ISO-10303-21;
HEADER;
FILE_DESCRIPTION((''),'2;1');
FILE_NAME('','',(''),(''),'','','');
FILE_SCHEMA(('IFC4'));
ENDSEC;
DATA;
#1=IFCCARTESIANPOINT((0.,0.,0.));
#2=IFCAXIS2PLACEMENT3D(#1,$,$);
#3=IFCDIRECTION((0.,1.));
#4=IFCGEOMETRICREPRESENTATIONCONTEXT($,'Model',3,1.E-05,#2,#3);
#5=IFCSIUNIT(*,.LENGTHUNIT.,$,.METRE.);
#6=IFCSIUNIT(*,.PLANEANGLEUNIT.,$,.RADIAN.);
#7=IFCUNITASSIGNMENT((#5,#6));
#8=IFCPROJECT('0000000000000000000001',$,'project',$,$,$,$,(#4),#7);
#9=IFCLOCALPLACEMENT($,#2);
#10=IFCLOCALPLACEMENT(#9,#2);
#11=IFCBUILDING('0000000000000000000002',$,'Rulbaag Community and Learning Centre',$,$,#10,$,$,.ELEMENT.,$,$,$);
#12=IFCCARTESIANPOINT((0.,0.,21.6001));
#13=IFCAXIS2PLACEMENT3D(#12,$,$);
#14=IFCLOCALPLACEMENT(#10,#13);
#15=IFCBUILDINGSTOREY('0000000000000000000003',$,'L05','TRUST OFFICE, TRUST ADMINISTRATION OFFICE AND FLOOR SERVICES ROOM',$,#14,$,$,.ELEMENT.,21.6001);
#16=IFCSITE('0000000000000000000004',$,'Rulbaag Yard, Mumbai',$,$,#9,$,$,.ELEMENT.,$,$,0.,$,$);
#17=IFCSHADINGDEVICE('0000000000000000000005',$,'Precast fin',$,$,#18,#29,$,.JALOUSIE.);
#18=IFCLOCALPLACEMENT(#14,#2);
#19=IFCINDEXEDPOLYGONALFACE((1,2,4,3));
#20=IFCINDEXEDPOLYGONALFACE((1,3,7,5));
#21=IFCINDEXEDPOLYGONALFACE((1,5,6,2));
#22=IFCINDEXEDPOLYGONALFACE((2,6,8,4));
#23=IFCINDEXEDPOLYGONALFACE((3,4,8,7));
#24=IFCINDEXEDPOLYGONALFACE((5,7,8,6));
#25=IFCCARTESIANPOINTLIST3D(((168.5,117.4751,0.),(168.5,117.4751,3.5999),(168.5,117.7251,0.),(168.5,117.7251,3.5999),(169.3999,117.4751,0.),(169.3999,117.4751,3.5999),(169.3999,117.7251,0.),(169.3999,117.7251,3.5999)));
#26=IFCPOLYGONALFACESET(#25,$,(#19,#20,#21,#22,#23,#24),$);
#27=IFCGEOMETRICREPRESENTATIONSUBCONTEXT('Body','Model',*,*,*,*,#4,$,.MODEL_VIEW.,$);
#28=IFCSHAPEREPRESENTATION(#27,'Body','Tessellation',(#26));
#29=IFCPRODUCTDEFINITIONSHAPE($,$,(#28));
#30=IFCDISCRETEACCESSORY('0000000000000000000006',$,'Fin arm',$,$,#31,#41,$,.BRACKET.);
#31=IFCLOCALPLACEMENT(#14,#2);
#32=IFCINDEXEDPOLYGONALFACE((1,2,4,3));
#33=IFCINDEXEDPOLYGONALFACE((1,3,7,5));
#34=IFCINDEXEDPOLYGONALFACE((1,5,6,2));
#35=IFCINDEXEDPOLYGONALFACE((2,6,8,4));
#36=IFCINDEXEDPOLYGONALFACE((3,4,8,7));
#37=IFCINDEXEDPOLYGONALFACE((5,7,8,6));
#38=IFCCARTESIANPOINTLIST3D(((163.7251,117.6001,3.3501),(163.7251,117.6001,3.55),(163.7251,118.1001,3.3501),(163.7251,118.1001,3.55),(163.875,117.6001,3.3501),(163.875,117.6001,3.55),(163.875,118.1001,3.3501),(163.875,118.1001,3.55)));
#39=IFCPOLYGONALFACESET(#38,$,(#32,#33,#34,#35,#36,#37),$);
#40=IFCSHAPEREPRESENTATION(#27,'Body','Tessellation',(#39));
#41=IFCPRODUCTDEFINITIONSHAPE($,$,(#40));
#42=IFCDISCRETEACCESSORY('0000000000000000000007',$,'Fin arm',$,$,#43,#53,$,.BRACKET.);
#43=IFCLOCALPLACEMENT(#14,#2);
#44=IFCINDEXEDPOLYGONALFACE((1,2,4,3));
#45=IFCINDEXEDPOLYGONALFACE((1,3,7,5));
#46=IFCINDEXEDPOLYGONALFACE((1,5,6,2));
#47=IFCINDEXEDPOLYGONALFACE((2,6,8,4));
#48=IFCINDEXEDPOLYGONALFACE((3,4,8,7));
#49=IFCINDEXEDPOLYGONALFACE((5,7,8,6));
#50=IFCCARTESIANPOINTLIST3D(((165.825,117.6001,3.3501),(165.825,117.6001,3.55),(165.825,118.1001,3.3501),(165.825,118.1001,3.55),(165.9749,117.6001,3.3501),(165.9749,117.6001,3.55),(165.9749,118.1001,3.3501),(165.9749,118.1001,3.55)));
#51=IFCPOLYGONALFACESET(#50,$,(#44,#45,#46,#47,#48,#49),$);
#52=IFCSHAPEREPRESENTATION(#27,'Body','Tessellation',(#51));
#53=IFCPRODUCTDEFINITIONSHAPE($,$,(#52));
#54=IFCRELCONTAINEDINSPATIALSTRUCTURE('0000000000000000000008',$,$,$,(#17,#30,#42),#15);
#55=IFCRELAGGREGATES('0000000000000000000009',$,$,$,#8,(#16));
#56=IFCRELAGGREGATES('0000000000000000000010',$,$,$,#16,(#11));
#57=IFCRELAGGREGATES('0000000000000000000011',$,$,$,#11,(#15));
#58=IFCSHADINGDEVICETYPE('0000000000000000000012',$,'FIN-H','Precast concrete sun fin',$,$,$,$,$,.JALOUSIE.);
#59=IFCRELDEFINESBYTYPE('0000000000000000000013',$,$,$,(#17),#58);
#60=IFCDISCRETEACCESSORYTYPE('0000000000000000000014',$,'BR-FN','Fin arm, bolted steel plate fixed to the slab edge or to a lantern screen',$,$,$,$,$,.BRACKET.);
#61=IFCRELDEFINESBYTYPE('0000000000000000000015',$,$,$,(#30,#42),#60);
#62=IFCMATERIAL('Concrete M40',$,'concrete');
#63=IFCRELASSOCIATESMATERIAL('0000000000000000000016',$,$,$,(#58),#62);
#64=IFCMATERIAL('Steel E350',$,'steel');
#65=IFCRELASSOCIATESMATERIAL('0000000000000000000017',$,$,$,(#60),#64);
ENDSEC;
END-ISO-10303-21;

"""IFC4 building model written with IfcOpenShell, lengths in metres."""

from ifc_helpers import new_model, si_unit, direction, frame, origin, origin_2d, place, context, subcontext, project, spatial, rectangle, extrude, material, material_profile, profile_set, type_object, element, save


model = new_model("IFC4")

# Units and contexts
model_context = context("Model", 3, precision=1e-05, world=origin(), true_north=direction((0.0, 1.0)))
body_context = subcontext(model_context, "Body", "Model", "MODEL_VIEW")
ifc_project = project(units=[si_unit("LENGTHUNIT", "METRE"), si_unit("PLANEANGLEUNIT", "RADIAN")], contexts=[model_context])

# Site, building, storey
site_placement = place(None, origin())
site = spatial("IfcSite", under=ifc_project, at=site_placement, Name="Rulbaag Yard, Mumbai", CompositionType="ELEMENT", RefElevation=0.0)
building_placement = place(site_placement, origin())
building = spatial("IfcBuilding", under=site, at=building_placement, Name="Rulbaag Community and Learning Centre", CompositionType="ELEMENT")
storey_placement = place(building_placement, frame((0.0, 0.0, 21.6001)))
storey = spatial("IfcBuildingStorey", under=building, at=storey_placement, Name="L05", Description="TRUST OFFICE, TRUST ADMINISTRATION OFFICE AND FLOOR SERVICES ROOM", CompositionType="ELEMENT", Elevation=21.6001)

# Shading device
ifc_material_1 = material(Name="Concrete M40", Category="concrete")
ifc_material_profile_1 = material_profile(ifc_material_1, rectangle(XDim=0.25, YDim=0.8999, at=origin_2d()), Name="PC 250x900")
ifc_profile_set_1 = profile_set([ifc_material_profile_1], Name="Concrete M40")
shading_device_type = type_object("IfcShadingDeviceType", Name="FIN-H", Description="Precast concrete sun fin", PredefinedType="JALOUSIE", material=ifc_profile_set_1)
for number, where, z_axis, x_axis, name in (
    (1, (168.95, 117.6001, 0.0), (0.0, 0.0, 1.0), (0.0, 1.0, 0.0), "Precast fin"),
):
    element("IfcShadingDevice", number, at=place(storey_placement, frame(where, z_axis=z_axis, x_axis=x_axis)), inside=storey, type_object=shading_device_type, Name=name, PredefinedType="JALOUSIE", context=body_context, shape_type="SweptSolid", body=[
        extrude(rectangle(XDim=0.25, YDim=0.8999, at=origin_2d()), origin(), (0.0, 0.0, 1.0), 3.5999),
    ])

# Discrete accessories
ifc_material_2 = material(Name="Steel E350", Category="steel")
discrete_accessory_type = type_object("IfcDiscreteAccessoryType", Name="BR-FN", Description="Fin arm, bolted steel plate fixed to the slab edge or to a lantern screen", PredefinedType="BRACKET", material=ifc_material_2)
for number, where, z_axis, x_axis, name in (
    (2, (163.8, 117.8501, 3.3501), (0.0, 0.0, 1.0), (1.0, 0.0, 0.0), "Fin arm"),
    (3, (165.8999, 117.8501, 3.3501), (0.0, 0.0, 1.0), (1.0, 0.0, 0.0), "Fin arm"),
):
    element("IfcDiscreteAccessory", number, at=place(storey_placement, frame(where, z_axis=z_axis, x_axis=x_axis)), inside=storey, type_object=discrete_accessory_type, Name=name, PredefinedType="BRACKET", context=body_context, shape_type="SweptSolid", body=[
        extrude(rectangle(XDim=0.1499, YDim=0.5, at=origin_2d()), origin(), (0.0, 0.0, 1.0), 0.2),
    ])

save(model, "model.ifc")
